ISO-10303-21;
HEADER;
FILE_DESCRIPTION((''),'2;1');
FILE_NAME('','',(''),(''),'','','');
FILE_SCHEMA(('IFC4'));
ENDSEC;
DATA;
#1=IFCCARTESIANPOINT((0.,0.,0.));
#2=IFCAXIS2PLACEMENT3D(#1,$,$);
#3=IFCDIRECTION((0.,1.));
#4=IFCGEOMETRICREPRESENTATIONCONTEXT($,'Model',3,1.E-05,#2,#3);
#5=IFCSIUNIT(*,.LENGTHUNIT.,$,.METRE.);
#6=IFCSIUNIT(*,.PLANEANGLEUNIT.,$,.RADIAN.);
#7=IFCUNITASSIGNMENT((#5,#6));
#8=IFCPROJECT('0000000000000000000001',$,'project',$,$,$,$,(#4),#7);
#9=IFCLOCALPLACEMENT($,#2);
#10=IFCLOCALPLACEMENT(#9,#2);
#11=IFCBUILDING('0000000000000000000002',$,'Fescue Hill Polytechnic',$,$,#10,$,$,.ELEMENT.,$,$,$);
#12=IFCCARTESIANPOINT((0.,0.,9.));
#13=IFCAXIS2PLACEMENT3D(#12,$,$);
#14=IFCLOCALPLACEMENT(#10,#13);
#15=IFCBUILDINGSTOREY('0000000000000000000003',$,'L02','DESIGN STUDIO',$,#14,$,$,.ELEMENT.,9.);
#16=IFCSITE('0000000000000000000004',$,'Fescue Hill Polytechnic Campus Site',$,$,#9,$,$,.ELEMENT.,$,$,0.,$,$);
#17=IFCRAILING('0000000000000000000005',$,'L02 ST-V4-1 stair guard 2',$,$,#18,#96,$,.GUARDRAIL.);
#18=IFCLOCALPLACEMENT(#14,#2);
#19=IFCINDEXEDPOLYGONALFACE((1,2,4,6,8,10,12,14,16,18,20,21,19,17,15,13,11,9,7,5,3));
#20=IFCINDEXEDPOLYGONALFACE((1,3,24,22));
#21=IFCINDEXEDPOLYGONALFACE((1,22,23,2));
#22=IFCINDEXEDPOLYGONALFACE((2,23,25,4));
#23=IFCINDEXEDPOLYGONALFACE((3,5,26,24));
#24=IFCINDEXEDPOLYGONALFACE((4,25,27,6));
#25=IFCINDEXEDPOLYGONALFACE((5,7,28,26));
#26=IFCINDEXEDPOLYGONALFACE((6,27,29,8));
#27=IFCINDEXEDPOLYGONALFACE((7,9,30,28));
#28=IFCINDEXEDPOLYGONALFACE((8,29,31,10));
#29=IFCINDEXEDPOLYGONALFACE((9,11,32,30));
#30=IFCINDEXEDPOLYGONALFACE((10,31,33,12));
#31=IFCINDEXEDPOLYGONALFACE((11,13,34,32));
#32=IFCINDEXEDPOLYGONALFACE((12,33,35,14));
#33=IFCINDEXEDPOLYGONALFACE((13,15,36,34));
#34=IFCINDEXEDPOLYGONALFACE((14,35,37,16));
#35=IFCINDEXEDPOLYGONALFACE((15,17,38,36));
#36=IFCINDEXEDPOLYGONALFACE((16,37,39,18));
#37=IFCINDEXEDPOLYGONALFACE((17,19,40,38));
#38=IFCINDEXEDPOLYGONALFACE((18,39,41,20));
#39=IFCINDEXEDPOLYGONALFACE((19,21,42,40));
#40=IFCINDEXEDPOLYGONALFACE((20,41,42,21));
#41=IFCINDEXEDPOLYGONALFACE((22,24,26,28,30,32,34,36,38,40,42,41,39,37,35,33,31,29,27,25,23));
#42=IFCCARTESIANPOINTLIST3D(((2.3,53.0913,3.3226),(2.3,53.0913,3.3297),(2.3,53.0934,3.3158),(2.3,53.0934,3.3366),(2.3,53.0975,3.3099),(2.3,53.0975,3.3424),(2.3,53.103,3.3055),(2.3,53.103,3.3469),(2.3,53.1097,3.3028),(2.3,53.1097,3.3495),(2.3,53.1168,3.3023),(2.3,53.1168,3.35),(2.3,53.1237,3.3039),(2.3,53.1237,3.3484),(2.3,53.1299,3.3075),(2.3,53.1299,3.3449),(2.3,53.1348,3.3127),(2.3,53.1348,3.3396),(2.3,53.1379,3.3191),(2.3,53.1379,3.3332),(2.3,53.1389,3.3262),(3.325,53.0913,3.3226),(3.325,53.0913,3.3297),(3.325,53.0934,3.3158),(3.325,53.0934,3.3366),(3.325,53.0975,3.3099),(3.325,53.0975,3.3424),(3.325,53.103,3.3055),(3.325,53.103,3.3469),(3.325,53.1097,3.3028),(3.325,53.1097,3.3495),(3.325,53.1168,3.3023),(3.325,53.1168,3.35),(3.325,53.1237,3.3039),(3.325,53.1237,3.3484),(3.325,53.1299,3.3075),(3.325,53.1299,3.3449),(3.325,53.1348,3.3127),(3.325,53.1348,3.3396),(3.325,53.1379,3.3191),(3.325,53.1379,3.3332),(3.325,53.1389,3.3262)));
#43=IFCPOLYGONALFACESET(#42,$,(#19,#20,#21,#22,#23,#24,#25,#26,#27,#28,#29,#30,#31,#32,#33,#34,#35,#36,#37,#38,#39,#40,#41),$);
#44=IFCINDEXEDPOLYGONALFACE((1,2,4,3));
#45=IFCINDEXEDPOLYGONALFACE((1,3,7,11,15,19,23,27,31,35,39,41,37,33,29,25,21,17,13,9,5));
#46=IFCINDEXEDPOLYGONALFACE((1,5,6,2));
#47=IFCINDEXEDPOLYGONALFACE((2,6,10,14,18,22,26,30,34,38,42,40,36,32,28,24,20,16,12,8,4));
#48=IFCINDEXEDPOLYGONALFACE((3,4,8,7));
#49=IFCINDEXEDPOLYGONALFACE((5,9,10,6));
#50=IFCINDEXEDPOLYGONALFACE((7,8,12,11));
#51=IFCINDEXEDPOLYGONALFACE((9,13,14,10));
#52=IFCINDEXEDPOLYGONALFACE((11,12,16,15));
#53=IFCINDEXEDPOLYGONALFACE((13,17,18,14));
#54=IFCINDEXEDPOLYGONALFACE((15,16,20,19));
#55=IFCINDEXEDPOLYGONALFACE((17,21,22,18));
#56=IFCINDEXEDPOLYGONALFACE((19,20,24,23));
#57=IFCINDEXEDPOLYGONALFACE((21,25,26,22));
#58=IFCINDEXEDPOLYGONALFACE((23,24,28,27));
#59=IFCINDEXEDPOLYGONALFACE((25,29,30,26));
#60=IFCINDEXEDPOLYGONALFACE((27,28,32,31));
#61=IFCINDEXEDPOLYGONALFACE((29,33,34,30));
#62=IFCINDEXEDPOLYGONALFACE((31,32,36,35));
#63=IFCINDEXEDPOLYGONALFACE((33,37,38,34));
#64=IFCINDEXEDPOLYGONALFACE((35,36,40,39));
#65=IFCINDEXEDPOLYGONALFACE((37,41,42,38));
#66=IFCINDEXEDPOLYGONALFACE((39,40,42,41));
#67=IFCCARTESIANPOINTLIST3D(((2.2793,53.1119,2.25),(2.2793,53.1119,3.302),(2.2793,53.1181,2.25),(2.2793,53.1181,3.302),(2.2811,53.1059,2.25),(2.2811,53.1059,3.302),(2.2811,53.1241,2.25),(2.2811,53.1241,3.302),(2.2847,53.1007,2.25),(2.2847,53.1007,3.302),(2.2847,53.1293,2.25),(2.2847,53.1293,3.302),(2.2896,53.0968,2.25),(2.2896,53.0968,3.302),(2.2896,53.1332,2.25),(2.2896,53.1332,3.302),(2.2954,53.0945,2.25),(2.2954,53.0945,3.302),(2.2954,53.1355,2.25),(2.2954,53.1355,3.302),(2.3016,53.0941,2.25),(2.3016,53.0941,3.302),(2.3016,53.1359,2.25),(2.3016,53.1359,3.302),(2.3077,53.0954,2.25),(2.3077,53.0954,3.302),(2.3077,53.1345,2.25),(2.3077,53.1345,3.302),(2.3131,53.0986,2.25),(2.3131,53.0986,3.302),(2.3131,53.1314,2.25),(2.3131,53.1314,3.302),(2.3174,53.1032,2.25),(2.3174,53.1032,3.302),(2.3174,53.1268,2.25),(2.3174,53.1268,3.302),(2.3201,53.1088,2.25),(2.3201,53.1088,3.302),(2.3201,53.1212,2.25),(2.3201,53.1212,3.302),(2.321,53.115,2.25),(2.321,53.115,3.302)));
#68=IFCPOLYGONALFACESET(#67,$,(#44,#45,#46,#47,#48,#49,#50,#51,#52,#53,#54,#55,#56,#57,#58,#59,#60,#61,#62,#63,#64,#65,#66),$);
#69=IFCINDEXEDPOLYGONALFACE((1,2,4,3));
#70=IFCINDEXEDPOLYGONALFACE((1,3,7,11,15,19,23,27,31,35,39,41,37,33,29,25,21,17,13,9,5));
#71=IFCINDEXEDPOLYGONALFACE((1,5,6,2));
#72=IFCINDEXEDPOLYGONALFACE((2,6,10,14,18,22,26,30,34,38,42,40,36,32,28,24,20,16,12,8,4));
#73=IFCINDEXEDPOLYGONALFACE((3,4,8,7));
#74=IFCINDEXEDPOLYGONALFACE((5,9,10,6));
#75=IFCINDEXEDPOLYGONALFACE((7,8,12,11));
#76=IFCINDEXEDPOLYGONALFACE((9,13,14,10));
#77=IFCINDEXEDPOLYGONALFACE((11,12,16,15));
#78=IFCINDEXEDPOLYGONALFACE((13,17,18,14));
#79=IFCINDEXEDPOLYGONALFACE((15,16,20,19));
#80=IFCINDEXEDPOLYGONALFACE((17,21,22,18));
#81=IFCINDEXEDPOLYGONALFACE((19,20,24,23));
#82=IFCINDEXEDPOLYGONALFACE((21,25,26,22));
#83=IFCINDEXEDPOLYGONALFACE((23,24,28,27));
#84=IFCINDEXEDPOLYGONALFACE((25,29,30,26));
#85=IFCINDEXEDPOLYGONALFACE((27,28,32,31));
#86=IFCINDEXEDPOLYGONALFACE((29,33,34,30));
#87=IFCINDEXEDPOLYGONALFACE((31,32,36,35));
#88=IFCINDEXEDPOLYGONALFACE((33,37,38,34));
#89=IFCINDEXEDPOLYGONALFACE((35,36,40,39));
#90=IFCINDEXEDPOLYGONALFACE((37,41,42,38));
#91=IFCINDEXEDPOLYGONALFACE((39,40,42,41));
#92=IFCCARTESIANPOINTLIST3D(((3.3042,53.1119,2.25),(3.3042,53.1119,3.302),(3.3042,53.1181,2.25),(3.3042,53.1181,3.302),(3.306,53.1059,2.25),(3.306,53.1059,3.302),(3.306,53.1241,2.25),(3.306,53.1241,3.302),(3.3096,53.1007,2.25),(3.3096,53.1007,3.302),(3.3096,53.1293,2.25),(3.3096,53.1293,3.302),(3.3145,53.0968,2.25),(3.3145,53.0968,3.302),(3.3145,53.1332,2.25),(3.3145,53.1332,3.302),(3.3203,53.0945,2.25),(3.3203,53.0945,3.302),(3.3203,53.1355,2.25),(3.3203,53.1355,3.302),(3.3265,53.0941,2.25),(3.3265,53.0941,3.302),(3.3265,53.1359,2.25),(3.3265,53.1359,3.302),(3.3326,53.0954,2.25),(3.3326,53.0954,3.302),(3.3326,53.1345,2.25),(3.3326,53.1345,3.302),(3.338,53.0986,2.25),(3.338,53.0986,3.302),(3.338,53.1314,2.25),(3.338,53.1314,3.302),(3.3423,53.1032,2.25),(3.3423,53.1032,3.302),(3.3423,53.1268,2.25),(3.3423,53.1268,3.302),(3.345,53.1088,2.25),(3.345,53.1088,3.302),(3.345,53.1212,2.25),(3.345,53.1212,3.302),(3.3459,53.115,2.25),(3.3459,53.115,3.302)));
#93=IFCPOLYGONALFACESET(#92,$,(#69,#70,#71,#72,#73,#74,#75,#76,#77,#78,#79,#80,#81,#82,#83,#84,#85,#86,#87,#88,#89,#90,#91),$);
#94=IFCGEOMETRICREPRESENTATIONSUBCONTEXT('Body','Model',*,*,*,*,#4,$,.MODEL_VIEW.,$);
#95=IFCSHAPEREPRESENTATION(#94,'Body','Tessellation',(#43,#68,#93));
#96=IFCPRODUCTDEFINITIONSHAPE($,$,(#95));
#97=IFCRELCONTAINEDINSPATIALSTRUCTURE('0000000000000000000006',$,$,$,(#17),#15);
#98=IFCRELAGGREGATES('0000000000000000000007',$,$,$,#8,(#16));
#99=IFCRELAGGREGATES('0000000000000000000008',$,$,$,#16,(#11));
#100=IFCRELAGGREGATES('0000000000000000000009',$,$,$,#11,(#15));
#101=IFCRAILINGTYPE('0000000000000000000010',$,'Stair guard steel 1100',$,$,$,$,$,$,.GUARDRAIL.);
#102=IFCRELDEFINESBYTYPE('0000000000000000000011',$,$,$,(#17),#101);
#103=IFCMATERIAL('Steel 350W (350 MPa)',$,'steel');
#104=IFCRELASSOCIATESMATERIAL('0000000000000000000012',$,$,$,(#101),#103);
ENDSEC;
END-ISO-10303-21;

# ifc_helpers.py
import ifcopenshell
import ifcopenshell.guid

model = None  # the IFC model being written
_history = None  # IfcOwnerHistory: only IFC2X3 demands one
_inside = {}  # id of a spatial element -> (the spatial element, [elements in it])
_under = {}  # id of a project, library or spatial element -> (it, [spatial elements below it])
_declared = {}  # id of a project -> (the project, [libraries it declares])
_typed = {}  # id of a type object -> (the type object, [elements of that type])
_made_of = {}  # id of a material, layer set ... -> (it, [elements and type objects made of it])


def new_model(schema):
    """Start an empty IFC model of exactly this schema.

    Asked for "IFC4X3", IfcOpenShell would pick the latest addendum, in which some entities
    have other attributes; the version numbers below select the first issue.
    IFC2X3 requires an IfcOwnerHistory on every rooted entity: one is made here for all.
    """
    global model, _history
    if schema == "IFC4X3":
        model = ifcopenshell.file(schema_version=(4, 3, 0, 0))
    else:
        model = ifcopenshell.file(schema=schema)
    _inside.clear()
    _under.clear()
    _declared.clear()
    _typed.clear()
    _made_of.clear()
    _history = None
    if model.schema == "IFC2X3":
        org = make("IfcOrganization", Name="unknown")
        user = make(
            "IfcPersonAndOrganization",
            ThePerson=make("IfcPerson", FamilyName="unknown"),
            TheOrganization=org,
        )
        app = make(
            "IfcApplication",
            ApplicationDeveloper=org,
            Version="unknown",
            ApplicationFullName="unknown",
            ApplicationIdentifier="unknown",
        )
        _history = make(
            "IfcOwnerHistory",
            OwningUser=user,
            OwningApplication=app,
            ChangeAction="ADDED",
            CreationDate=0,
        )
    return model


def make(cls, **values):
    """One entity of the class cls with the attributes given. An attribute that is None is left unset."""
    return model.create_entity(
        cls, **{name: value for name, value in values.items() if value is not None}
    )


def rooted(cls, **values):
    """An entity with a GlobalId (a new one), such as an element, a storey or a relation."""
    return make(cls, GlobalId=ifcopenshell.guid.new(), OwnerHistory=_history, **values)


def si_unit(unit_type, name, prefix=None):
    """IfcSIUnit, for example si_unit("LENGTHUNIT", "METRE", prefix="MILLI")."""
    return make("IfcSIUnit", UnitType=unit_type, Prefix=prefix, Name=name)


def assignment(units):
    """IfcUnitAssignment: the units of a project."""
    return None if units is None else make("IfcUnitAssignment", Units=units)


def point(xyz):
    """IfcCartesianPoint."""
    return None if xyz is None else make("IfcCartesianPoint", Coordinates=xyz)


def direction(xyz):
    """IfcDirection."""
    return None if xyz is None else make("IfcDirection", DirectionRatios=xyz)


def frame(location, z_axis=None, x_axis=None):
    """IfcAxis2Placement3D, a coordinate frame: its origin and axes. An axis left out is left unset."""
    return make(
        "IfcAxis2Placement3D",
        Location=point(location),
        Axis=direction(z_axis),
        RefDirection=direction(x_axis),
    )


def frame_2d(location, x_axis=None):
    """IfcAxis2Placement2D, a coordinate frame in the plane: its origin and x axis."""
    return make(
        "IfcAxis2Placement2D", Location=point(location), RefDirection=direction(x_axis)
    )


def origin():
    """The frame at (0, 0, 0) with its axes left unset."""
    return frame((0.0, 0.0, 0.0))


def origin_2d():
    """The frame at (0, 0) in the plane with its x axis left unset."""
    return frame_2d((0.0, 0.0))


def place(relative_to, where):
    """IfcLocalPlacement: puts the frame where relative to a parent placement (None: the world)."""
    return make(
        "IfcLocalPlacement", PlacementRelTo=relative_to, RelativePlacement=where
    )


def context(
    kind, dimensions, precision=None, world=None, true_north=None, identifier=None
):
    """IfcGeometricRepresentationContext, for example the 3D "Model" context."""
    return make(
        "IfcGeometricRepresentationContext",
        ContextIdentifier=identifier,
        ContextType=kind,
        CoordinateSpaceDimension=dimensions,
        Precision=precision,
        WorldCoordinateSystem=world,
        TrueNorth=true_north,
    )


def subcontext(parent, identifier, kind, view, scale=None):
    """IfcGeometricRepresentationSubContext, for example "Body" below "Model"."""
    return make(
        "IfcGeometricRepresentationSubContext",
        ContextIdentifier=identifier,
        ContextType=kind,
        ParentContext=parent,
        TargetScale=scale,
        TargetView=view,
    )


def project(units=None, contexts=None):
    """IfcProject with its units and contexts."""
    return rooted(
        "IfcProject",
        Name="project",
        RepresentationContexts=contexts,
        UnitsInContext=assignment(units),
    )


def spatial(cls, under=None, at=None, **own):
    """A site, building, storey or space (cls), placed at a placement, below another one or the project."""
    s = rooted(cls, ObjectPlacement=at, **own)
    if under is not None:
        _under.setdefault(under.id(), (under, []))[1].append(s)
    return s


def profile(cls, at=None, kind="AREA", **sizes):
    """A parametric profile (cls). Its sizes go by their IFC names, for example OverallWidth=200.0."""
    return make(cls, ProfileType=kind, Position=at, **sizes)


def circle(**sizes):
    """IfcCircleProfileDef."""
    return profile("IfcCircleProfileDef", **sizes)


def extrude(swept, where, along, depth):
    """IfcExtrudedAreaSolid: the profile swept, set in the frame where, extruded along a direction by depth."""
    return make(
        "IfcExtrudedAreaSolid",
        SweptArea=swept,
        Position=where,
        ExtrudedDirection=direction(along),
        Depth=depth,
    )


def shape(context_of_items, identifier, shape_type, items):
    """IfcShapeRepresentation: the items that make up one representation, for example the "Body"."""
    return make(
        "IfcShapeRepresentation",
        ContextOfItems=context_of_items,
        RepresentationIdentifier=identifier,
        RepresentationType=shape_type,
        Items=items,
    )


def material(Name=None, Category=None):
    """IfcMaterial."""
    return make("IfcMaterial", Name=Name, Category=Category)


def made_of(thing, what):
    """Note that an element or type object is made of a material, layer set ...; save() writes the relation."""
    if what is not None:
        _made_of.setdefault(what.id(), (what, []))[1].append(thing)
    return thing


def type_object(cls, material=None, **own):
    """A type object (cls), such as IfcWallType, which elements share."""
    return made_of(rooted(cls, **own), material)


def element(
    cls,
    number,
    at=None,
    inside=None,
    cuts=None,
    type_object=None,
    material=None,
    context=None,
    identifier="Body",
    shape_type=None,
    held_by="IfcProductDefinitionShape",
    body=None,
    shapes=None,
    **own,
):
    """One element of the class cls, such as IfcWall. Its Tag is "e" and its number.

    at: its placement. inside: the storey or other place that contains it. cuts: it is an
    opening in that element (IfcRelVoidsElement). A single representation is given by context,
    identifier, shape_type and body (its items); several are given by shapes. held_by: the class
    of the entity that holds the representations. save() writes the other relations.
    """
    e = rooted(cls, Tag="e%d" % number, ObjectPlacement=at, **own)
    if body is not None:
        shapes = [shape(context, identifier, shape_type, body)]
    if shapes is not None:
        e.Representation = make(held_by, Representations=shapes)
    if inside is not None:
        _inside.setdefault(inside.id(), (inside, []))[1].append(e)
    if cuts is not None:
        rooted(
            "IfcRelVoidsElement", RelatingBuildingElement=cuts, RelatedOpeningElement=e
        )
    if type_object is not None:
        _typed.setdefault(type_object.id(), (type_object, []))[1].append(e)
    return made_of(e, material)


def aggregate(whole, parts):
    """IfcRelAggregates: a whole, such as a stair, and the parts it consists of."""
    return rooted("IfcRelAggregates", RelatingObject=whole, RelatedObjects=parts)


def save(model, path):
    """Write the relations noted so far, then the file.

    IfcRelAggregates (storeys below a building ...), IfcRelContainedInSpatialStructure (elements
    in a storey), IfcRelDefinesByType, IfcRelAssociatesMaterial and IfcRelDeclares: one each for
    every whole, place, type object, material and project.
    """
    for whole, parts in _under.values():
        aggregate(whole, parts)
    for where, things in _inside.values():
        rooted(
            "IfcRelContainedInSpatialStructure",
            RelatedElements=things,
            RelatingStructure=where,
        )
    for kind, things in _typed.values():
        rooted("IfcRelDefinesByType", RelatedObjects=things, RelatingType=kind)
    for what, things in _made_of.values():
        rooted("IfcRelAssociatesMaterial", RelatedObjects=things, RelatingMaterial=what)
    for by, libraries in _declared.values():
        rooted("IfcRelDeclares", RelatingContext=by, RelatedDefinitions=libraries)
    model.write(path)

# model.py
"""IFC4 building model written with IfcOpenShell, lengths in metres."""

from ifc_helpers import new_model, si_unit, direction, frame, origin, origin_2d, place, context, subcontext, project, spatial, circle, extrude, material, type_object, element, save


model = new_model("IFC4")

# Units and contexts
model_context = context("Model", 3, precision=1e-05, world=origin(), true_north=direction((0.0, 1.0)))
body_context = subcontext(model_context, "Body", "Model", "MODEL_VIEW")
ifc_project = project(units=[si_unit("LENGTHUNIT", "METRE"), si_unit("PLANEANGLEUNIT", "RADIAN")], contexts=[model_context])

# Site, building, storey
site_placement = place(None, origin())
site = spatial("IfcSite", under=ifc_project, at=site_placement, Name="Fescue Hill Polytechnic Campus Site", CompositionType="ELEMENT", RefElevation=0.0)
building_placement = place(site_placement, origin())
building = spatial("IfcBuilding", under=site, at=building_placement, Name="Fescue Hill Polytechnic", CompositionType="ELEMENT")
storey_placement = place(building_placement, frame((0.0, 0.0, 9.0)))
storey = spatial("IfcBuildingStorey", under=building, at=storey_placement, Name="L02", Description="DESIGN STUDIO", CompositionType="ELEMENT", Elevation=9.0)

# Railing
ifc_material_1 = material(Name="Steel 350W (350 MPa)", Category="steel")
railing_type_1 = type_object("IfcRailingType", Name="Stair guard steel 1100", PredefinedType="GUARDRAIL", material=ifc_material_1)
railing_1_placement = place(storey_placement, frame((2.3, 53.115, 2.25)))
element("IfcRailing", 1, at=railing_1_placement, inside=storey, type_object=railing_type_1, Name="L02 ST-V4-1 stair guard 2", PredefinedType="GUARDRAIL", context=body_context, shape_type="SweptSolid", body=[
    extrude(circle(Radius=0.0239, at=origin_2d()), frame((0.0, 0.0, 1.0762), z_axis=(1.0, 0.0, 0.0), x_axis=(0.0, 1.0, 0.0)), (0.0, 0.0, 1.0), 1.0249),
    extrude(circle(Radius=0.021, at=origin_2d()), origin(), (0.0, 0.0, 1.0), 1.052),
    extrude(circle(Radius=0.021, at=origin_2d()), frame((1.0249, 0.0, 0.0)), (0.0, 0.0, 1.0), 1.052),
])

save(model, "model.ifc")
